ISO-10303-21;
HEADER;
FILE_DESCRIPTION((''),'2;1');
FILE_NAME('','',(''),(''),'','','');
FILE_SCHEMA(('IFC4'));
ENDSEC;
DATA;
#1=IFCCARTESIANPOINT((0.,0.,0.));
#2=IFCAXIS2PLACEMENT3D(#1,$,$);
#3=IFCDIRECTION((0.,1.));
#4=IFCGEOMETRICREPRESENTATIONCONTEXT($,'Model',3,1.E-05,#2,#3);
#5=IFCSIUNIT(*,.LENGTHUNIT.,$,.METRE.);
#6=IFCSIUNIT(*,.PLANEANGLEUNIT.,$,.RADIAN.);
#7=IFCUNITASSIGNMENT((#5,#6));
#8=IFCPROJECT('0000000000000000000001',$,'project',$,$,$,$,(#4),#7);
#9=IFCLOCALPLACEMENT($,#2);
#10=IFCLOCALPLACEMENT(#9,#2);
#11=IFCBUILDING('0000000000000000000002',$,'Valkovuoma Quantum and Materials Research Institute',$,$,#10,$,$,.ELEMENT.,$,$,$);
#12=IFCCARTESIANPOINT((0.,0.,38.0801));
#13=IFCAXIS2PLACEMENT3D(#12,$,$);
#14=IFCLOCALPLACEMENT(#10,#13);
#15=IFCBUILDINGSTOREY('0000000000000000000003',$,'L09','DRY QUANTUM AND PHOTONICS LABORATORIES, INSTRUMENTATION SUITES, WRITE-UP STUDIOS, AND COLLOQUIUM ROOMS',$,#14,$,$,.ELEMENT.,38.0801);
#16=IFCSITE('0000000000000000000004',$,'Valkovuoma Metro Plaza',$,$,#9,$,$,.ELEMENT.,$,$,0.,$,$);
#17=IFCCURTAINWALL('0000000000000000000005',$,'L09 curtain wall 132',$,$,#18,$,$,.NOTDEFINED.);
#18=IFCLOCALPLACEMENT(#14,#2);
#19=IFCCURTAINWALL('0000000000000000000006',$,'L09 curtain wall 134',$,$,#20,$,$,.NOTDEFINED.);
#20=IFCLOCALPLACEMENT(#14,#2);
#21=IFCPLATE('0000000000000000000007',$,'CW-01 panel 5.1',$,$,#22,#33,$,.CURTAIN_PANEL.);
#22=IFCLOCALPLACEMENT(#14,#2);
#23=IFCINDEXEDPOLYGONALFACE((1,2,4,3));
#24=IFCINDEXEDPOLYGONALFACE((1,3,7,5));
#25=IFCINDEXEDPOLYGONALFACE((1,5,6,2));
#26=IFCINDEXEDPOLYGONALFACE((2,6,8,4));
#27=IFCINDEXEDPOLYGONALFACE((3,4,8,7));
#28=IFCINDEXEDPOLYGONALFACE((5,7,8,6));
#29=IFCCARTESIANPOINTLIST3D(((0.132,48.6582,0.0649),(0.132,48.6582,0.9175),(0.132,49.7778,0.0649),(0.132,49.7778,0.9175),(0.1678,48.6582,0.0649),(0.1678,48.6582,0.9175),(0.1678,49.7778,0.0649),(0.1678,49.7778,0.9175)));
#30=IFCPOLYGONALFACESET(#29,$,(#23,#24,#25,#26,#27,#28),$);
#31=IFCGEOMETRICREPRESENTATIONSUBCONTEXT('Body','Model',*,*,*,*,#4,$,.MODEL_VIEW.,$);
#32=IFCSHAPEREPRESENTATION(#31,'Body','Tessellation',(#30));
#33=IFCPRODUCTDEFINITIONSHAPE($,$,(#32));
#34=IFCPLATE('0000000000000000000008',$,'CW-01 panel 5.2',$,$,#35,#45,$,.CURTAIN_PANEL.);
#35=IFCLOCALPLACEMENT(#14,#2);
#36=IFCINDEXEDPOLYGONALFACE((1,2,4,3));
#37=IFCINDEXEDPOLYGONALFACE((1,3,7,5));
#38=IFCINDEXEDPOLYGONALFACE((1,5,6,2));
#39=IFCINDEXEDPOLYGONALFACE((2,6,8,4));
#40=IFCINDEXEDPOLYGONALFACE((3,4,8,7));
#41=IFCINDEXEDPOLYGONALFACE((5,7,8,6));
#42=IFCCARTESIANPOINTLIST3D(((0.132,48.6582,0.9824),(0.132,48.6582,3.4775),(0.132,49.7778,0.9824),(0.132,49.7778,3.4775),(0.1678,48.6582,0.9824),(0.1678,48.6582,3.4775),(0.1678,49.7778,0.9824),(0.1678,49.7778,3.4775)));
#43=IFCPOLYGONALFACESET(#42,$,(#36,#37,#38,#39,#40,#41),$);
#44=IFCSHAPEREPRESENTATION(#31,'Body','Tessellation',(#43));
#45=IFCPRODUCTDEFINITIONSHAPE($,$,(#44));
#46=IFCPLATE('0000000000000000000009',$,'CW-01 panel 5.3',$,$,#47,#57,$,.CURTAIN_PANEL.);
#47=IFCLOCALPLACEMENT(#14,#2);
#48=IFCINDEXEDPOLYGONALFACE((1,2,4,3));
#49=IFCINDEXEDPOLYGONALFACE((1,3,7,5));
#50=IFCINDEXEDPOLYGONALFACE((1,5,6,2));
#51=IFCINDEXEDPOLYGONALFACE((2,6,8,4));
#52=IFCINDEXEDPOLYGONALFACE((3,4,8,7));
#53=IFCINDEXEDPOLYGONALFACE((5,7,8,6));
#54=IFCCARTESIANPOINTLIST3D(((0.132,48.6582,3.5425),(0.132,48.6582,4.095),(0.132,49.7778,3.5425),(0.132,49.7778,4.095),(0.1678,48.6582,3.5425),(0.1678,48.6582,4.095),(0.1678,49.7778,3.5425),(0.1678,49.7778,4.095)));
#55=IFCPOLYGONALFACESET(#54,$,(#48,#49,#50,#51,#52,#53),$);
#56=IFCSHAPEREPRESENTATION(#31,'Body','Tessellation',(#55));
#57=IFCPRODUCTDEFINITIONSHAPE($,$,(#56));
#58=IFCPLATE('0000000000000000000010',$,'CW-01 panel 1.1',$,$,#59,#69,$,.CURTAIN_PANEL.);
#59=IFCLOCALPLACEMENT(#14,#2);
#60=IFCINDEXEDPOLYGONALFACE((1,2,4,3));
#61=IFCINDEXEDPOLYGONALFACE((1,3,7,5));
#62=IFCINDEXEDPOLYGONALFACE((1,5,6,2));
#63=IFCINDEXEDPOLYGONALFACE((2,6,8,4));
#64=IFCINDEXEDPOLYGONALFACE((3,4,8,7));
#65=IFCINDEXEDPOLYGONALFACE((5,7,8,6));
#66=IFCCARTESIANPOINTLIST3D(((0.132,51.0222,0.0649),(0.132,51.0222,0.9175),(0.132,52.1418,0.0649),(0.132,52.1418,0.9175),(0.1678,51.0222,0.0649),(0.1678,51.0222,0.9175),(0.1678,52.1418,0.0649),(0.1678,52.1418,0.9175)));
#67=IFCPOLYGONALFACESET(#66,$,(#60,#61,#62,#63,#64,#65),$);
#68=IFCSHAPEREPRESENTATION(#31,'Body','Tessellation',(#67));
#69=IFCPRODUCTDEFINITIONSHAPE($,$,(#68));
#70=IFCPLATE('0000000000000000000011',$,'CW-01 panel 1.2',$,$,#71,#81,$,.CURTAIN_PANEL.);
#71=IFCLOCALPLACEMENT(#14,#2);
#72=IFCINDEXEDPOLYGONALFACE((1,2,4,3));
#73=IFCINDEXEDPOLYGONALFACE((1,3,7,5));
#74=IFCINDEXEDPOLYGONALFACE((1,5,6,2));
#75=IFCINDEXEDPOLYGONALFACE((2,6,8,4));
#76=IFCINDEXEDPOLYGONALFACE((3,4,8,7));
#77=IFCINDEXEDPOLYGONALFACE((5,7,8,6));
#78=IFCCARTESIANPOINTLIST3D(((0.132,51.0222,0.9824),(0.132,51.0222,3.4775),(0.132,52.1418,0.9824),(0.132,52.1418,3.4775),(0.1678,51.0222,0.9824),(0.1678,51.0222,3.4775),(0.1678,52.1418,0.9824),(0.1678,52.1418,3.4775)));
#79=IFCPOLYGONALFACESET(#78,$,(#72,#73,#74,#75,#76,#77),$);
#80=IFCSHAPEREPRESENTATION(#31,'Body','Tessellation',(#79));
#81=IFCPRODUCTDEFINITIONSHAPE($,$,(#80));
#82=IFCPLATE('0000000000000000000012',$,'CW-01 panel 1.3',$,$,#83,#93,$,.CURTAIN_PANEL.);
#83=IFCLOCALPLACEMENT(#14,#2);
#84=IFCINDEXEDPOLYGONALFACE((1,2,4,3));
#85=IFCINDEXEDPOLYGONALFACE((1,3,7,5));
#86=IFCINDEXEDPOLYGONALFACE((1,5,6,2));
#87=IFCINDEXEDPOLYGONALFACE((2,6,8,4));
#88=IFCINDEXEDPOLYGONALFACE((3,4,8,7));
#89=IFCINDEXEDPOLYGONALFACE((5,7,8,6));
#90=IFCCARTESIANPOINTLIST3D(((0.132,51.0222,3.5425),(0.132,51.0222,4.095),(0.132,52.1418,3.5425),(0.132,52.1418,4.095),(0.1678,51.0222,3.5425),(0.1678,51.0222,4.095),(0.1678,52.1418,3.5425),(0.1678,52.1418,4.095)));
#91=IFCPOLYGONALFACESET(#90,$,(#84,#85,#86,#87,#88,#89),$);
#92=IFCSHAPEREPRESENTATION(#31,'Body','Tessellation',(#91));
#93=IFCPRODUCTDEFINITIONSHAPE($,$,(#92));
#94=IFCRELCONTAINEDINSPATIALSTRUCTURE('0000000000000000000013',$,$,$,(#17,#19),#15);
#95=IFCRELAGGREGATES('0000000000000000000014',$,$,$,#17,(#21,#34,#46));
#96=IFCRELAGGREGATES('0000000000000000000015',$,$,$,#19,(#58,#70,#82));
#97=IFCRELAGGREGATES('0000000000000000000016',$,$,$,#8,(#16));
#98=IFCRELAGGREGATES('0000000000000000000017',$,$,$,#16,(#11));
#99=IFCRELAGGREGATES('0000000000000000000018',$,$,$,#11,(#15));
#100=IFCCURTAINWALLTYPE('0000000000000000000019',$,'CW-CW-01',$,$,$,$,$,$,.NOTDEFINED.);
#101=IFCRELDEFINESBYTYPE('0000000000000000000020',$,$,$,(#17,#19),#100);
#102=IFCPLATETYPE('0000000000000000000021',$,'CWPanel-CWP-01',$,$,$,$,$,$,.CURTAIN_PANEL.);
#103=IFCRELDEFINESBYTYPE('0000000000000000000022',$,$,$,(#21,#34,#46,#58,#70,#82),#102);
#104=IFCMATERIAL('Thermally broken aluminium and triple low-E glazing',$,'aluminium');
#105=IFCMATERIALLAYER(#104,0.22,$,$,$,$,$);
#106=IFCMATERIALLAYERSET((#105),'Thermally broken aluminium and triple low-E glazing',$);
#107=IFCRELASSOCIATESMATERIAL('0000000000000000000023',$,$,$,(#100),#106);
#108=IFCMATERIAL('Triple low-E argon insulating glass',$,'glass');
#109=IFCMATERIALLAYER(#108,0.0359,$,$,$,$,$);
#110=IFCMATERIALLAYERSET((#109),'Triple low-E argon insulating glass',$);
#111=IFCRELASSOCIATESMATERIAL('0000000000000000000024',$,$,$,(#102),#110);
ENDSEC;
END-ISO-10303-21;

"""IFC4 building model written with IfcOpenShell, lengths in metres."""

from ifc_helpers import new_model, si_unit, direction, frame, origin, origin_2d, place, context, subcontext, project, spatial, rectangle, extrude, material, layer, layer_set, type_object, element, aggregate, save


model = new_model("IFC4")

# Units and contexts
model_context = context("Model", 3, precision=1e-05, world=origin(), true_north=direction((0.0, 1.0)))
body_context = subcontext(model_context, "Body", "Model", "MODEL_VIEW")
ifc_project = project(units=[si_unit("LENGTHUNIT", "METRE"), si_unit("PLANEANGLEUNIT", "RADIAN")], contexts=[model_context])

# Site, building, storey
site_placement = place(None, origin())
site = spatial("IfcSite", under=ifc_project, at=site_placement, Name="Valkovuoma Metro Plaza", CompositionType="ELEMENT", RefElevation=0.0)
building_placement = place(site_placement, origin())
building = spatial("IfcBuilding", under=site, at=building_placement, Name="Valkovuoma Quantum and Materials Research Institute", CompositionType="ELEMENT")
storey_placement = place(building_placement, frame((0.0, 0.0, 38.0801)))
storey = spatial("IfcBuildingStorey", under=building, at=storey_placement, Name="L09", Description="DRY QUANTUM AND PHOTONICS LABORATORIES, INSTRUMENTATION SUITES, WRITE-UP STUDIOS, AND COLLOQUIUM ROOMS", CompositionType="ELEMENT", Elevation=38.0801)

# Curtain walls
ifc_material_1 = material(Name="Thermally broken aluminium and triple low-E glazing", Category="aluminium")
ifc_layer_1 = layer(ifc_material_1, 0.22)
ifc_layer_set_1 = layer_set([ifc_layer_1], Name="Thermally broken aluminium and triple low-E glazing")
curtain_wall_type = type_object("IfcCurtainWallType", Name="CW-CW-01", PredefinedType="NOTDEFINED", material=ifc_layer_set_1)
curtain_wall_1_placement = place(storey_placement, origin())
curtain_wall_1 = element("IfcCurtainWall", 1, at=curtain_wall_1_placement, inside=storey, type_object=curtain_wall_type, Name="L09 curtain wall 132", PredefinedType="NOTDEFINED")
curtain_wall_2_placement = place(storey_placement, origin())
curtain_wall_2 = element("IfcCurtainWall", 2, at=curtain_wall_2_placement, inside=storey, type_object=curtain_wall_type, Name="L09 curtain wall 134", PredefinedType="NOTDEFINED")

# Plates
ifc_material_2 = material(Name="Triple low-E argon insulating glass", Category="glass")
ifc_layer_2 = layer(ifc_material_2, 0.0359)
ifc_layer_set_2 = layer_set([ifc_layer_2], Name="Triple low-E argon insulating glass")
plate_type = type_object("IfcPlateType", Name="CWPanel-CWP-01", PredefinedType="CURTAIN_PANEL", material=ifc_layer_set_2)
plate_1_placement = place(storey_placement, frame((0.1499, 49.218, 0.0649), z_axis=(0.0, 0.0, 1.0), x_axis=(0.0, 1.0, 0.0)))
plate_1 = element("IfcPlate", 3, at=plate_1_placement, type_object=plate_type, Name="CW-01 panel 5.1", PredefinedType="CURTAIN_PANEL", context=body_context, shape_type="SweptSolid", body=[
    extrude(rectangle(XDim=1.1196, YDim=0.0359, at=origin_2d()), origin(), (0.0, 0.0, 1.0), 0.8525),
])
plate_2_placement = place(storey_placement, frame((0.1499, 49.218, 0.9824), z_axis=(0.0, 0.0, 1.0), x_axis=(0.0, 1.0, 0.0)))
plate_2 = element("IfcPlate", 4, at=plate_2_placement, type_object=plate_type, Name="CW-01 panel 5.2", PredefinedType="CURTAIN_PANEL", context=body_context, shape_type="SweptSolid", body=[
    extrude(rectangle(XDim=1.1196, YDim=0.0359, at=origin_2d()), origin(), (0.0, 0.0, 1.0), 2.4951),
])
plate_3_placement = place(storey_placement, frame((0.1499, 49.218, 3.5425), z_axis=(0.0, 0.0, 1.0), x_axis=(0.0, 1.0, 0.0)))
plate_3 = element("IfcPlate", 5, at=plate_3_placement, type_object=plate_type, Name="CW-01 panel 5.3", PredefinedType="CURTAIN_PANEL", context=body_context, shape_type="SweptSolid", body=[
    extrude(rectangle(XDim=1.1196, YDim=0.0359, at=origin_2d()), origin(), (0.0, 0.0, 1.0), 0.5525),
])
aggregate(curtain_wall_1, [plate_1, plate_2, plate_3])
plate_4_placement = place(storey_placement, frame((0.1499, 51.582, 0.0649), z_axis=(0.0, 0.0, 1.0), x_axis=(0.0, 1.0, 0.0)))
plate_4 = element("IfcPlate", 6, at=plate_4_placement, type_object=plate_type, Name="CW-01 panel 1.1", PredefinedType="CURTAIN_PANEL", context=body_context, shape_type="SweptSolid", body=[
    extrude(rectangle(XDim=1.1196, YDim=0.0359, at=origin_2d()), origin(), (0.0, 0.0, 1.0), 0.8525),
])
plate_5_placement = place(storey_placement, frame((0.1499, 51.582, 0.9824), z_axis=(0.0, 0.0, 1.0), x_axis=(0.0, 1.0, 0.0)))
plate_5 = element("IfcPlate", 7, at=plate_5_placement, type_object=plate_type, Name="CW-01 panel 1.2", PredefinedType="CURTAIN_PANEL", context=body_context, shape_type="SweptSolid", body=[
    extrude(rectangle(XDim=1.1196, YDim=0.0359, at=origin_2d()), origin(), (0.0, 0.0, 1.0), 2.4951),
])
plate_6_placement = place(storey_placement, frame((0.1499, 51.582, 3.5425), z_axis=(0.0, 0.0, 1.0), x_axis=(0.0, 1.0, 0.0)))
plate_6 = element("IfcPlate", 8, at=plate_6_placement, type_object=plate_type, Name="CW-01 panel 1.3", PredefinedType="CURTAIN_PANEL", context=body_context, shape_type="SweptSolid", body=[
    extrude(rectangle(XDim=1.1196, YDim=0.0359, at=origin_2d()), origin(), (0.0, 0.0, 1.0), 0.5525),
])
aggregate(curtain_wall_2, [plate_4, plate_5, plate_6])

save(model, "model.ifc")
